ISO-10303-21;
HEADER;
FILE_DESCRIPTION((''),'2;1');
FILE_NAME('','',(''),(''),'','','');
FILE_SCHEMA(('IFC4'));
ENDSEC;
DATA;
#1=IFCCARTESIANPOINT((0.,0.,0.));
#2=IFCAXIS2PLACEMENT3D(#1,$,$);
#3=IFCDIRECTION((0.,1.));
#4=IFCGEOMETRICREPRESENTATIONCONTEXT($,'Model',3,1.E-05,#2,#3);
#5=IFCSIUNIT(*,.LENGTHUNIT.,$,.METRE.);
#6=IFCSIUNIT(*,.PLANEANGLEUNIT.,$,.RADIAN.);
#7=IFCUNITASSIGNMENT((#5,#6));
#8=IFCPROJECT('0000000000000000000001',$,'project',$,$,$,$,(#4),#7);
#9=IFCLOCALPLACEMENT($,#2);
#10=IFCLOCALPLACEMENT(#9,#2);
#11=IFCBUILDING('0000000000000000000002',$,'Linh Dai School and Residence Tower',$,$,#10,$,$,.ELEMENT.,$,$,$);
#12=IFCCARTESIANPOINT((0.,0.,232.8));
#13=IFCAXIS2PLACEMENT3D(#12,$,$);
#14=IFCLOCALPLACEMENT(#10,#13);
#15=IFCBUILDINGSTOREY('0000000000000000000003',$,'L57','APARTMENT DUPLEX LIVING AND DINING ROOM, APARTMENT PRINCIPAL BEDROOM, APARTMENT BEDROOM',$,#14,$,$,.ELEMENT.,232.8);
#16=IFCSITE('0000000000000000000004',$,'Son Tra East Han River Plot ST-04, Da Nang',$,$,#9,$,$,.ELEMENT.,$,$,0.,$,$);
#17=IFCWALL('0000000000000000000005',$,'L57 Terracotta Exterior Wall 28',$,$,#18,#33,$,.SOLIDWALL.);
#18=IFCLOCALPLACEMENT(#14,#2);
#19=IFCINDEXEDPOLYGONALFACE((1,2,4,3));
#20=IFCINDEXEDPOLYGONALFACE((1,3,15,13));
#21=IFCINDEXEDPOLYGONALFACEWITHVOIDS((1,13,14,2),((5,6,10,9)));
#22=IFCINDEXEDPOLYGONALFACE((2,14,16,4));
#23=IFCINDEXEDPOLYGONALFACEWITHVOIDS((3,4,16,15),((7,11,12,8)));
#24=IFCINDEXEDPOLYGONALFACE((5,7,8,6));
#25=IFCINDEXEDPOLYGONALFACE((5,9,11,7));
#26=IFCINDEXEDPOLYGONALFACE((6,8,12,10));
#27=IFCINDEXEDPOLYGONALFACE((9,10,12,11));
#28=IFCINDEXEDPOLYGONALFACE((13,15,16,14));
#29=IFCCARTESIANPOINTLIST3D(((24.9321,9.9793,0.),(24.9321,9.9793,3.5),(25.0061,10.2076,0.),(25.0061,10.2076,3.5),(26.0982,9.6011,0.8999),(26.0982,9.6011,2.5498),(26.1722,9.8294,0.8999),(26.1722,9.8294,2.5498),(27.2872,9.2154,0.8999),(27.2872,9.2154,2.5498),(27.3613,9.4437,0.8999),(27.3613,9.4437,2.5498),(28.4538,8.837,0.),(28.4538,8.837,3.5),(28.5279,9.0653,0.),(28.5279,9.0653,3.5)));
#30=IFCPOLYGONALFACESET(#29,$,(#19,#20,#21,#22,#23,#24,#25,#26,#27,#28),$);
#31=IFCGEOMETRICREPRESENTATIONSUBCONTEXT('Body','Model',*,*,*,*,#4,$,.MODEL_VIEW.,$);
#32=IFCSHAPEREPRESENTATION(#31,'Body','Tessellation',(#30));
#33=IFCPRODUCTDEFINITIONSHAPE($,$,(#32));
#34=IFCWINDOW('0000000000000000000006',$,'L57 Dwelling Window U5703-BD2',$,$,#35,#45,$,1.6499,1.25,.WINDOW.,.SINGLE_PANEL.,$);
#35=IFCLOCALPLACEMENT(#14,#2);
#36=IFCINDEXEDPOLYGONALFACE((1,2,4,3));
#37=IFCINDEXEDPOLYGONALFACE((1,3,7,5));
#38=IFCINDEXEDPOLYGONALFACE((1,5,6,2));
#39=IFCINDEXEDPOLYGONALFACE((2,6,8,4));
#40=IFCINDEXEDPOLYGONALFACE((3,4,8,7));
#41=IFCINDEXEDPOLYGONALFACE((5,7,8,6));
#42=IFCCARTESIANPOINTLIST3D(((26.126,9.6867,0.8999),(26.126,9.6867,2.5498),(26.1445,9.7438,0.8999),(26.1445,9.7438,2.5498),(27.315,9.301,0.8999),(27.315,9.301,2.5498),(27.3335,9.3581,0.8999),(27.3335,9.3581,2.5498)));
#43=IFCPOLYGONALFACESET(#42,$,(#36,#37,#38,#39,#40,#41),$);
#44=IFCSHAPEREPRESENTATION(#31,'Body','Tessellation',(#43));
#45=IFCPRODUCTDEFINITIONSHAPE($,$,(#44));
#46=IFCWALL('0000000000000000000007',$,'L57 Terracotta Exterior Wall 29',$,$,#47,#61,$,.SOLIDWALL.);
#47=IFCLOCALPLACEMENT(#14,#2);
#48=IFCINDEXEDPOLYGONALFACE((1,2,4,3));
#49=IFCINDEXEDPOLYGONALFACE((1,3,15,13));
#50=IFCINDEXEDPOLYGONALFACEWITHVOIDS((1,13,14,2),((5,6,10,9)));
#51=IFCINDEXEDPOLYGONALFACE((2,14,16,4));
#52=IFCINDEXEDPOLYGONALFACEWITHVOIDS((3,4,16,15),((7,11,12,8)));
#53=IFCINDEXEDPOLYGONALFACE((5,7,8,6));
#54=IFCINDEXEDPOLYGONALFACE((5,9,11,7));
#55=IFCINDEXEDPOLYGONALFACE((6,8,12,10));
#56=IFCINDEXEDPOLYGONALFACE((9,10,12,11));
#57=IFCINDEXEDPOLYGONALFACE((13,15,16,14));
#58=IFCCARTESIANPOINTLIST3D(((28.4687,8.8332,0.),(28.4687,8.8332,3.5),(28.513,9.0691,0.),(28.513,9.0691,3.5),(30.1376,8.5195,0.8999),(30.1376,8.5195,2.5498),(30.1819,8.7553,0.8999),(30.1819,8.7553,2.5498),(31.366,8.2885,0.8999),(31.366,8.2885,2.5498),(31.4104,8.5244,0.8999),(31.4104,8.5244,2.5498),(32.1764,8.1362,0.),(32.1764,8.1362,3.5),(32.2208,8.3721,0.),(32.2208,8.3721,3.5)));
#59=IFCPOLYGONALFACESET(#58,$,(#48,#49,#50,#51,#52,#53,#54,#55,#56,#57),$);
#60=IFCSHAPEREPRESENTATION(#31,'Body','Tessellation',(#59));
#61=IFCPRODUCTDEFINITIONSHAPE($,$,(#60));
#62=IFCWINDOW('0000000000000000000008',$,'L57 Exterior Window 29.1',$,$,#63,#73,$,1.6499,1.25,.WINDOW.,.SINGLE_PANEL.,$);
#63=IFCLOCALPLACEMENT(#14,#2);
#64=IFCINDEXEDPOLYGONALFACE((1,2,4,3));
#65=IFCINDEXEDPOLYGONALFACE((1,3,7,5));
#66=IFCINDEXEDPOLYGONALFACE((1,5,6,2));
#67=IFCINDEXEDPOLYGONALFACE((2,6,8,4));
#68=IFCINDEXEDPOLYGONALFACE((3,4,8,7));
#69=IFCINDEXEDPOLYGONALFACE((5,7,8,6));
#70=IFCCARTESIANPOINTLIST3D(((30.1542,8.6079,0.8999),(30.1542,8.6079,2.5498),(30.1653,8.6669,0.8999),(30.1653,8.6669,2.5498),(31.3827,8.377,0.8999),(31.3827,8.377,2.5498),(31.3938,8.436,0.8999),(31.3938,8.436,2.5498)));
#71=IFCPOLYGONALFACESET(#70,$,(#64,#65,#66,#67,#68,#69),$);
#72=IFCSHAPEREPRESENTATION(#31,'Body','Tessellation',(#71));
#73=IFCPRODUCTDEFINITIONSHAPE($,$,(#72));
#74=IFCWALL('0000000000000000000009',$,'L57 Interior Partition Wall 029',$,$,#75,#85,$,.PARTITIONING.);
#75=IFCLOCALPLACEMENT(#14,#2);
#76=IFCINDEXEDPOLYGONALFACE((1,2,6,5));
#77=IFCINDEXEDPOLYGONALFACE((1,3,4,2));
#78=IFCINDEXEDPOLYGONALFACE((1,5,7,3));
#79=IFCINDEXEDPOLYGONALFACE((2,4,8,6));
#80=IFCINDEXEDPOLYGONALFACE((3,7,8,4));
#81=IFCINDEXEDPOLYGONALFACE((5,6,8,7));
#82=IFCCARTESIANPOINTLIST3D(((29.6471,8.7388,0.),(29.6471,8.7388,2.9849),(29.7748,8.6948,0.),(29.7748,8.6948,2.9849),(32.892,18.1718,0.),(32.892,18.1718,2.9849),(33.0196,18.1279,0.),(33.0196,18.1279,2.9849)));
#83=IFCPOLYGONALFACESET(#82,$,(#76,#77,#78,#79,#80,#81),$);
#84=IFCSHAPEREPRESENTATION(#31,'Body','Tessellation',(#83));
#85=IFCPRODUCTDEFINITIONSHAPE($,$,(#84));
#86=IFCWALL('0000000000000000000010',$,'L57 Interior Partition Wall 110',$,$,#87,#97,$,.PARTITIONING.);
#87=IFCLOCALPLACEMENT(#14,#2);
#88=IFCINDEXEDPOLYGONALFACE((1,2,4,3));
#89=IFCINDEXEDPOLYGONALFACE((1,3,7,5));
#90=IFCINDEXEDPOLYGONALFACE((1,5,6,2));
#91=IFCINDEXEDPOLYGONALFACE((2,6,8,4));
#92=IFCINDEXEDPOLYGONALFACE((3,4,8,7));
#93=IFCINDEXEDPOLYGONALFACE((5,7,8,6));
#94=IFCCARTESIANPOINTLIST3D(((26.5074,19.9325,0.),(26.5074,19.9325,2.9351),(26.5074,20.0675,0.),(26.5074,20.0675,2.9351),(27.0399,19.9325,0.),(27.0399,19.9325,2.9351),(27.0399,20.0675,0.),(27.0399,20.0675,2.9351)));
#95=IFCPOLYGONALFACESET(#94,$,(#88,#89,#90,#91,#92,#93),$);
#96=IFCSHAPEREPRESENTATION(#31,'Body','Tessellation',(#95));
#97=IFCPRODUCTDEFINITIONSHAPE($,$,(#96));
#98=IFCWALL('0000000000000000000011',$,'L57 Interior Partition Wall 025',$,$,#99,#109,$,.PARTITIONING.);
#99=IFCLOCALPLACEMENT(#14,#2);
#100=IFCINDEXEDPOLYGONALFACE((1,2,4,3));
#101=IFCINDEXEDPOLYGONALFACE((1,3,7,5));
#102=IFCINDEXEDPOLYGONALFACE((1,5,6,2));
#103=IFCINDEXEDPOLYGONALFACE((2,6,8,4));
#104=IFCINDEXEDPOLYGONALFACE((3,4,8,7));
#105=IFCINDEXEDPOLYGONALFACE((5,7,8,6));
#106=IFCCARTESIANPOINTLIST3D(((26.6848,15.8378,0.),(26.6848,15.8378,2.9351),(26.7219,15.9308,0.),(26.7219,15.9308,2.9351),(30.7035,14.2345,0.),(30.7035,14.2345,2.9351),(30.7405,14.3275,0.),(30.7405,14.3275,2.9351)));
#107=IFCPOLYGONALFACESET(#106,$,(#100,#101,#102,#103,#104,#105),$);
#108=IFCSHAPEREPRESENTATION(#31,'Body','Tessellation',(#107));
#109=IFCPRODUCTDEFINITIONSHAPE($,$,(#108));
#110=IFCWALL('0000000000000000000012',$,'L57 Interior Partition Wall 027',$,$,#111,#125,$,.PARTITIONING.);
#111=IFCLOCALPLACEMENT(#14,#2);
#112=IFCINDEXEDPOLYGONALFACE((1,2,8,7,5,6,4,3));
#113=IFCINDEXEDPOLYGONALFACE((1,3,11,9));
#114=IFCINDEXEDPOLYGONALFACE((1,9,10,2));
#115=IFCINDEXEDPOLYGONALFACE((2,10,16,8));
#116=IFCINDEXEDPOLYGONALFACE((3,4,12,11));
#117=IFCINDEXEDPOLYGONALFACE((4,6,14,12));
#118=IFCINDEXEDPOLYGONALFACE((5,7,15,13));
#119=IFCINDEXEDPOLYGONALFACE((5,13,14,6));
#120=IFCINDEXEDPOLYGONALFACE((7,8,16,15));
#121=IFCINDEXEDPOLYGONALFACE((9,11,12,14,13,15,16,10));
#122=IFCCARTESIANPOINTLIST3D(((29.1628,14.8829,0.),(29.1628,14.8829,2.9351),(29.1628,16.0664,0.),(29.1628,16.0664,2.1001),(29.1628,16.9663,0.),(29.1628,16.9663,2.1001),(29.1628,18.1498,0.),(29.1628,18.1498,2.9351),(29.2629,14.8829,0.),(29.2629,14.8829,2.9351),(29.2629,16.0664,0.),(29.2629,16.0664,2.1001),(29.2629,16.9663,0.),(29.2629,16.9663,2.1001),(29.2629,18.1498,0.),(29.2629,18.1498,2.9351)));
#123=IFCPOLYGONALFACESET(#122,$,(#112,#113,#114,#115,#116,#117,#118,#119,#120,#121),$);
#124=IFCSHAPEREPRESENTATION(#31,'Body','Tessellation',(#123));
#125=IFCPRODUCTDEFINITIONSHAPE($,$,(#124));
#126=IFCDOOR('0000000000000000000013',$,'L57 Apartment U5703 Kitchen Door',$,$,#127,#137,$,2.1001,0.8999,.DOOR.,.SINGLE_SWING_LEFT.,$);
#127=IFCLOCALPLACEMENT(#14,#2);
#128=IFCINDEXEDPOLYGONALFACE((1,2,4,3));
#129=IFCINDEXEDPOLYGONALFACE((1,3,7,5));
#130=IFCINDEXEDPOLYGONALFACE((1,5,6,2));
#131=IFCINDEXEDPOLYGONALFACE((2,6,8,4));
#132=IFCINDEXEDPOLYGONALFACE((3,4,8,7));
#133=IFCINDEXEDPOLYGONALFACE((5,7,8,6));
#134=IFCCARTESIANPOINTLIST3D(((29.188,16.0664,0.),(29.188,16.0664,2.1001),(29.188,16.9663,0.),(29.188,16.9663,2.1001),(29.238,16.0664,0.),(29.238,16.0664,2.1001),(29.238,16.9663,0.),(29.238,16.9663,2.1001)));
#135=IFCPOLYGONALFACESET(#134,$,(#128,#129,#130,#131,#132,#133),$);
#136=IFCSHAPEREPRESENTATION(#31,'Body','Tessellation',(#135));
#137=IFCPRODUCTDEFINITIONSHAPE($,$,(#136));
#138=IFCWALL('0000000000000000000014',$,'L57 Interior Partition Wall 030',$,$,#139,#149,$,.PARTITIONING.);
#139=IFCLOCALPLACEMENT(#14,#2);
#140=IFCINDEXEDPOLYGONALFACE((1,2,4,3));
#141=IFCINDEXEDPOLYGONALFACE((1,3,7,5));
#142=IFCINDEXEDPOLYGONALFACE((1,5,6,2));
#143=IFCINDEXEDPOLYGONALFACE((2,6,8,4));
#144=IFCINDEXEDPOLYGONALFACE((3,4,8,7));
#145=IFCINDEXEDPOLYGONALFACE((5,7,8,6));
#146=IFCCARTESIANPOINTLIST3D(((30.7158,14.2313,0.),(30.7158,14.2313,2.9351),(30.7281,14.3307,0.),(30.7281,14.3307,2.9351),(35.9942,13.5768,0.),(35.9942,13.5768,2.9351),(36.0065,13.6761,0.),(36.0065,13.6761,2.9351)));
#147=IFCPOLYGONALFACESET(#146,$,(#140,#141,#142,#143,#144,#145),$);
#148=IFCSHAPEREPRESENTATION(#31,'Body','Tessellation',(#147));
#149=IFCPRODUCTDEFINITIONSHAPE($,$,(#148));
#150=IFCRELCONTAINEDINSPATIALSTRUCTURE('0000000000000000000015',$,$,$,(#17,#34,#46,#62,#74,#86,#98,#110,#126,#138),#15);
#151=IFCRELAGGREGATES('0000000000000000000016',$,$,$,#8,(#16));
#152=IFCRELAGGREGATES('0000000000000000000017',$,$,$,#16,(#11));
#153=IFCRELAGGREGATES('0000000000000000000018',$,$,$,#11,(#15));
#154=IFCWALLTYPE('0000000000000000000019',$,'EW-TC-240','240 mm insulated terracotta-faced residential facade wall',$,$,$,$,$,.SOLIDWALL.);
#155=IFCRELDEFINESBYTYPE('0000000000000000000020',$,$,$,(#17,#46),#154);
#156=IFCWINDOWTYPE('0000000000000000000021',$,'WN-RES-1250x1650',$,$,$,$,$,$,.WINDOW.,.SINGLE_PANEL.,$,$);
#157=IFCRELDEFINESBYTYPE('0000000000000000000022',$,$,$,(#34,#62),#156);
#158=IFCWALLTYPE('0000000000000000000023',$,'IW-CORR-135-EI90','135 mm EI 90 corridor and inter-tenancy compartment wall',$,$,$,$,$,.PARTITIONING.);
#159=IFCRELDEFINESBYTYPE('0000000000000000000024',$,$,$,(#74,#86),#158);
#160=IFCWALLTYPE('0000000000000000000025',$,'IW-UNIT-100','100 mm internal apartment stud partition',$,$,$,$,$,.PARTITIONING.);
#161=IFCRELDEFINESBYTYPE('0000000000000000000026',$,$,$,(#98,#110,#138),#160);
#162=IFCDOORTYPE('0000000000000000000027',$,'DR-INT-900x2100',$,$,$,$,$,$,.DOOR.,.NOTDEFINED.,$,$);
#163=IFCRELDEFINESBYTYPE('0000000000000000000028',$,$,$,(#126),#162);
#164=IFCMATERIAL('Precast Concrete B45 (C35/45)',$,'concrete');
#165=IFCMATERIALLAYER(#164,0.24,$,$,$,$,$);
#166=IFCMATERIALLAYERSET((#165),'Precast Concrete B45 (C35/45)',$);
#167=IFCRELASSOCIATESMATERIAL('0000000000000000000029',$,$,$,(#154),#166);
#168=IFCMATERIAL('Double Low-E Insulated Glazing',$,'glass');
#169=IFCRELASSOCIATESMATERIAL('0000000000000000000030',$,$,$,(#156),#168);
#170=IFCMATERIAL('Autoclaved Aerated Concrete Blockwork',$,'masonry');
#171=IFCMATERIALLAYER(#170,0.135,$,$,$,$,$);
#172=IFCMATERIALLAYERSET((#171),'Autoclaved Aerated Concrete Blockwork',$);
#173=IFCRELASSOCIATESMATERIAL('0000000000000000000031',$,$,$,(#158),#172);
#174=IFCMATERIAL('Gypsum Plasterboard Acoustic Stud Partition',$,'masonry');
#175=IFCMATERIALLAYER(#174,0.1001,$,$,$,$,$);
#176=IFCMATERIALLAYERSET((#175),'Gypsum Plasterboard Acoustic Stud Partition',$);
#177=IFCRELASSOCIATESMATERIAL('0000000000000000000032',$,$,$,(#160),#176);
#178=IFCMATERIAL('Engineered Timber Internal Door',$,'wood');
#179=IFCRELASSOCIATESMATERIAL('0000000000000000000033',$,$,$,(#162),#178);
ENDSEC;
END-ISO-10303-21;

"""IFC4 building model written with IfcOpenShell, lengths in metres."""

from ifc_helpers import new_model, si_unit, direction, frame, frame_2d, origin, origin_2d, place, context, subcontext, project, spatial, rectangle, extrude, source, transform, mapped, material, layer, layer_set, type_object, element, fill, save


model = new_model("IFC4")

# Units and contexts
model_context = context("Model", 3, precision=1e-05, world=origin(), true_north=direction((0.0, 1.0)))
body_context = subcontext(model_context, "Body", "Model", "MODEL_VIEW")
ifc_project = project(units=[si_unit("LENGTHUNIT", "METRE"), si_unit("PLANEANGLEUNIT", "RADIAN")], contexts=[model_context])

# Site, building, storey
site_placement = place(None, origin())
site = spatial("IfcSite", under=ifc_project, at=site_placement, Name="Son Tra East Han River Plot ST-04, Da Nang", CompositionType="ELEMENT", RefElevation=0.0)
building_placement = place(site_placement, origin())
building = spatial("IfcBuilding", under=site, at=building_placement, Name="Linh Dai School and Residence Tower", CompositionType="ELEMENT")
storey_placement = place(building_placement, frame((0.0, 0.0, 232.8)))
storey = spatial("IfcBuildingStorey", under=building, at=storey_placement, Name="L57", Description="APARTMENT DUPLEX LIVING AND DINING ROOM, APARTMENT PRINCIPAL BEDROOM, APARTMENT BEDROOM", CompositionType="ELEMENT", Elevation=232.8)

# Shared definitions
ifc_material_1 = material(Name="Precast Concrete B45 (C35/45)", Category="concrete")

# Shared definitions
ifc_layer_1 = layer(ifc_material_1, 0.24)
ifc_layer_set_1 = layer_set([ifc_layer_1], Name="Precast Concrete B45 (C35/45)")
wall_type_1 = type_object("IfcWallType", Name="EW-TC-240", Description="240 mm insulated terracotta-faced residential facade wall", PredefinedType="SOLIDWALL", material=ifc_layer_set_1)

# Walls, openings, windows
wall_1_placement = place(storey_placement, frame((28.4907, 8.9512, 0.0), z_axis=(0.0, 0.0, 1.0), x_axis=(-0.951211, 0.308542, 0.0)))
wall_1 = element("IfcWall", 1, at=wall_1_placement, inside=storey, type_object=wall_type_1, Name="L57 Terracotta Exterior Wall 28", PredefinedType="SOLIDWALL", context=body_context, shape_type="SweptSolid", body=[
    extrude(rectangle(XDim=3.7024, YDim=0.24, at=frame_2d((1.8511, 0.0))), origin(), (0.0, 0.0, 1.0), 3.5),
])
opening_1_placement = place(wall_1_placement, frame((1.2263, 0.0, 0.8999)))
opening_1 = element("IfcOpeningElement", 2, at=opening_1_placement, cuts=wall_1, PredefinedType="OPENING", context=body_context, shape_type="SweptSolid", body=[
    extrude(rectangle(XDim=1.25, YDim=1.6499, at=origin_2d()), frame((0.625, 0.1299, 0.825), z_axis=(0.0, -1.0, 0.0), x_axis=(1.0, 0.0, 0.0)), (0.0, 0.0, 1.0), 0.26),
])
ifc_material_2 = material(Name="Double Low-E Insulated Glazing", Category="glass")
window_type = type_object("IfcWindowType", Name="WN-RES-1250x1650", PartitioningType="SINGLE_PANEL", PredefinedType="WINDOW", material=ifc_material_2)
shared_shape_1 = source(origin(), body_context, "Body", "SweptSolid", [
    extrude(rectangle(XDim=1.25, YDim=1.6499, at=origin_2d()), frame((0.625, 0.03, 0.825), z_axis=(0.0, -1.0, 0.0), x_axis=(1.0, 0.0, 0.0)), (0.0, 0.0, 1.0), 0.0601),
])
window_1_placement = place(opening_1_placement, origin())
window_1 = element("IfcWindow", 3, at=window_1_placement, inside=storey, type_object=window_type, Name="L57 Dwelling Window U5703-BD2", OverallHeight=1.6499, OverallWidth=1.25, PartitioningType="SINGLE_PANEL", PredefinedType="WINDOW", context=body_context, shape_type="MappedRepresentation", body=[
    mapped(shared_shape_1, transform((0.0, 0.0, 0.0), x_axis=(1.0, 0.0, 0.0), y_axis=(0.0, 1.0, 0.0), z_axis=(0.0, 0.0, 1.0), scale=1.0)),
])
fill(opening_1, window_1)
wall_2_placement = place(storey_placement, frame((32.1985, 8.2542, 0.0), z_axis=(0.0, 0.0, 1.0), x_axis=(-0.982785, 0.184753, 0.0)))
wall_2 = element("IfcWall", 4, at=wall_2_placement, inside=storey, type_object=wall_type_1, Name="L57 Terracotta Exterior Wall 29", PredefinedType="SOLIDWALL", context=body_context, shape_type="SweptSolid", body=[
    extrude(rectangle(XDim=3.7727, YDim=0.24, at=frame_2d((1.8862, 0.0))), origin(), (0.0, 0.0, 1.0), 3.5),
])
opening_2_placement = place(wall_2_placement, frame((0.8245, 0.0, 0.8999)))
opening_2 = element("IfcOpeningElement", 5, at=opening_2_placement, cuts=wall_2, PredefinedType="OPENING", context=body_context, shape_type="SweptSolid", body=[
    extrude(rectangle(XDim=1.25, YDim=1.6499, at=origin_2d()), frame((0.625, 0.1299, 0.825), z_axis=(0.0, -1.0, 0.0), x_axis=(1.0, 0.0, 0.0)), (0.0, 0.0, 1.0), 0.26),
])
window_2_placement = place(opening_2_placement, origin())
window_2 = element("IfcWindow", 6, at=window_2_placement, inside=storey, type_object=window_type, Name="L57 Exterior Window 29.1", OverallHeight=1.6499, OverallWidth=1.25, PartitioningType="SINGLE_PANEL", PredefinedType="WINDOW", context=body_context, shape_type="MappedRepresentation", body=[
    mapped(shared_shape_1, transform((0.0, 0.0, 0.0), x_axis=(1.0, 0.0, 0.0), y_axis=(0.0, 1.0, 0.0), z_axis=(0.0, 0.0, 1.0), scale=1.0)),
])
fill(opening_2, window_2)

# Walls
ifc_material_3 = material(Name="Autoclaved Aerated Concrete Blockwork", Category="masonry")
ifc_layer_2 = layer(ifc_material_3, 0.135)
ifc_layer_set_2 = layer_set([ifc_layer_2], Name="Autoclaved Aerated Concrete Blockwork")
wall_type_2 = type_object("IfcWallType", Name="IW-CORR-135-EI90", Description="135 mm EI 90 corridor and inter-tenancy compartment wall", PredefinedType="PARTITIONING", material=ifc_layer_set_2)
wall_3_placement = place(storey_placement, frame((29.7109, 8.7168, 0.0), z_axis=(0.0, 0.0, 1.0), x_axis=(0.325281, 0.945617, 0.0)))
element("IfcWall", 7, at=wall_3_placement, inside=storey, type_object=wall_type_2, Name="L57 Interior Partition Wall 029", PredefinedType="PARTITIONING", context=body_context, shape_type="SweptSolid", body=[
    extrude(rectangle(XDim=9.9756, YDim=0.135, at=frame_2d((4.9878, 0.0))), origin(), (0.0, 0.0, 1.0), 2.9849),
])
wall_4_placement = place(storey_placement, frame((26.5076, 20.0, 0.0), z_axis=(0.0, 0.0, 1.0), x_axis=(1.0, 0.0, 0.0)))
element("IfcWall", 8, at=wall_4_placement, inside=storey, type_object=wall_type_2, Name="L57 Interior Partition Wall 110", PredefinedType="PARTITIONING", context=body_context, shape_type="SweptSolid", body=[
    extrude(rectangle(XDim=0.5325, YDim=0.135, at=frame_2d((0.2661, 0.0))), origin(), (0.0, 0.0, 1.0), 2.9351),
])
ifc_material_4 = material(Name="Gypsum Plasterboard Acoustic Stud Partition", Category="masonry")
ifc_layer_3 = layer(ifc_material_4, 0.1001)
ifc_layer_set_3 = layer_set([ifc_layer_3], Name="Gypsum Plasterboard Acoustic Stud Partition")
wall_type_3 = type_object("IfcWallType", Name="IW-UNIT-100", Description="100 mm internal apartment stud partition", PredefinedType="PARTITIONING", material=ifc_layer_set_3)
wall_5_placement = place(storey_placement, frame((26.7034, 15.8843, 0.0), z_axis=(0.0, 0.0, 1.0), x_axis=(0.928807, -0.370564, 0.0)))
element("IfcWall", 9, at=wall_5_placement, inside=storey, type_object=wall_type_3, Name="L57 Interior Partition Wall 025", PredefinedType="PARTITIONING", context=body_context, shape_type="SweptSolid", body=[
    extrude(rectangle(XDim=4.3267, YDim=0.1001, at=frame_2d((2.1633, 0.0))), origin(), (0.0, 0.0, 1.0), 2.9351),
])

# Wall, opening, door
wall_6_placement = place(storey_placement, frame((29.2129, 14.8831, 0.0), z_axis=(0.0, 0.0, 1.0), x_axis=(0.0, 1.0, 0.0)))
wall_6 = element("IfcWall", 10, at=wall_6_placement, inside=storey, type_object=wall_type_3, Name="L57 Interior Partition Wall 027", PredefinedType="PARTITIONING", context=body_context, shape_type="SweptSolid", body=[
    extrude(rectangle(XDim=3.2668, YDim=0.1001, at=frame_2d((1.6333, 0.0))), origin(), (0.0, 0.0, 1.0), 2.9351),
])
opening_3_placement = place(wall_6_placement, frame((1.1833, 0.0, 0.0)))
opening_3 = element("IfcOpeningElement", 11, at=opening_3_placement, cuts=wall_6, PredefinedType="OPENING", context=body_context, shape_type="SweptSolid", body=[
    extrude(rectangle(XDim=0.8999, YDim=2.1001, at=origin_2d()), frame((0.45, 0.0601, 1.05), z_axis=(0.0, -1.0, 0.0), x_axis=(1.0, 0.0, 0.0)), (0.0, 0.0, 1.0), 0.1201),
])
ifc_material_5 = material(Name="Engineered Timber Internal Door", Category="wood")
door_type_1 = type_object("IfcDoorType", Name="DR-INT-900x2100", OperationType="NOTDEFINED", PredefinedType="DOOR", material=ifc_material_5)
shared_shape_2 = source(origin(), body_context, "Body", "SweptSolid", [
    extrude(rectangle(XDim=0.8999, YDim=2.1001, at=origin_2d()), frame((0.45, 0.0249, 1.05), z_axis=(0.0, -1.0, 0.0), x_axis=(1.0, 0.0, 0.0)), (0.0, 0.0, 1.0), 0.05),
])
door_1_placement = place(opening_3_placement, origin())
door_1 = element("IfcDoor", 12, at=door_1_placement, inside=storey, type_object=door_type_1, Name="L57 Apartment U5703 Kitchen Door", OperationType="SINGLE_SWING_LEFT", OverallHeight=2.1001, OverallWidth=0.8999, PredefinedType="DOOR", context=body_context, shape_type="MappedRepresentation", body=[
    mapped(shared_shape_2, transform((0.0, 0.0, 0.0), x_axis=(1.0, 0.0, 0.0), y_axis=(0.0, 1.0, 0.0), z_axis=(0.0, 0.0, 1.0), scale=1.0)),
])
fill(opening_3, door_1)

# Wall
wall_7_placement = place(storey_placement, frame((30.7219, 14.281, 0.0), z_axis=(0.0, 0.0, 1.0), x_axis=(0.992399, -0.123063, 0.0)))
element("IfcWall", 13, at=wall_7_placement, inside=storey, type_object=wall_type_3, Name="L57 Interior Partition Wall 030", PredefinedType="PARTITIONING", context=body_context, shape_type="SweptSolid", body=[
    extrude(rectangle(XDim=5.3188, YDim=0.1001, at=frame_2d((2.6594, 0.0))), origin(), (0.0, 0.0, 1.0), 2.9351),
])

save(model, "model.ifc")
